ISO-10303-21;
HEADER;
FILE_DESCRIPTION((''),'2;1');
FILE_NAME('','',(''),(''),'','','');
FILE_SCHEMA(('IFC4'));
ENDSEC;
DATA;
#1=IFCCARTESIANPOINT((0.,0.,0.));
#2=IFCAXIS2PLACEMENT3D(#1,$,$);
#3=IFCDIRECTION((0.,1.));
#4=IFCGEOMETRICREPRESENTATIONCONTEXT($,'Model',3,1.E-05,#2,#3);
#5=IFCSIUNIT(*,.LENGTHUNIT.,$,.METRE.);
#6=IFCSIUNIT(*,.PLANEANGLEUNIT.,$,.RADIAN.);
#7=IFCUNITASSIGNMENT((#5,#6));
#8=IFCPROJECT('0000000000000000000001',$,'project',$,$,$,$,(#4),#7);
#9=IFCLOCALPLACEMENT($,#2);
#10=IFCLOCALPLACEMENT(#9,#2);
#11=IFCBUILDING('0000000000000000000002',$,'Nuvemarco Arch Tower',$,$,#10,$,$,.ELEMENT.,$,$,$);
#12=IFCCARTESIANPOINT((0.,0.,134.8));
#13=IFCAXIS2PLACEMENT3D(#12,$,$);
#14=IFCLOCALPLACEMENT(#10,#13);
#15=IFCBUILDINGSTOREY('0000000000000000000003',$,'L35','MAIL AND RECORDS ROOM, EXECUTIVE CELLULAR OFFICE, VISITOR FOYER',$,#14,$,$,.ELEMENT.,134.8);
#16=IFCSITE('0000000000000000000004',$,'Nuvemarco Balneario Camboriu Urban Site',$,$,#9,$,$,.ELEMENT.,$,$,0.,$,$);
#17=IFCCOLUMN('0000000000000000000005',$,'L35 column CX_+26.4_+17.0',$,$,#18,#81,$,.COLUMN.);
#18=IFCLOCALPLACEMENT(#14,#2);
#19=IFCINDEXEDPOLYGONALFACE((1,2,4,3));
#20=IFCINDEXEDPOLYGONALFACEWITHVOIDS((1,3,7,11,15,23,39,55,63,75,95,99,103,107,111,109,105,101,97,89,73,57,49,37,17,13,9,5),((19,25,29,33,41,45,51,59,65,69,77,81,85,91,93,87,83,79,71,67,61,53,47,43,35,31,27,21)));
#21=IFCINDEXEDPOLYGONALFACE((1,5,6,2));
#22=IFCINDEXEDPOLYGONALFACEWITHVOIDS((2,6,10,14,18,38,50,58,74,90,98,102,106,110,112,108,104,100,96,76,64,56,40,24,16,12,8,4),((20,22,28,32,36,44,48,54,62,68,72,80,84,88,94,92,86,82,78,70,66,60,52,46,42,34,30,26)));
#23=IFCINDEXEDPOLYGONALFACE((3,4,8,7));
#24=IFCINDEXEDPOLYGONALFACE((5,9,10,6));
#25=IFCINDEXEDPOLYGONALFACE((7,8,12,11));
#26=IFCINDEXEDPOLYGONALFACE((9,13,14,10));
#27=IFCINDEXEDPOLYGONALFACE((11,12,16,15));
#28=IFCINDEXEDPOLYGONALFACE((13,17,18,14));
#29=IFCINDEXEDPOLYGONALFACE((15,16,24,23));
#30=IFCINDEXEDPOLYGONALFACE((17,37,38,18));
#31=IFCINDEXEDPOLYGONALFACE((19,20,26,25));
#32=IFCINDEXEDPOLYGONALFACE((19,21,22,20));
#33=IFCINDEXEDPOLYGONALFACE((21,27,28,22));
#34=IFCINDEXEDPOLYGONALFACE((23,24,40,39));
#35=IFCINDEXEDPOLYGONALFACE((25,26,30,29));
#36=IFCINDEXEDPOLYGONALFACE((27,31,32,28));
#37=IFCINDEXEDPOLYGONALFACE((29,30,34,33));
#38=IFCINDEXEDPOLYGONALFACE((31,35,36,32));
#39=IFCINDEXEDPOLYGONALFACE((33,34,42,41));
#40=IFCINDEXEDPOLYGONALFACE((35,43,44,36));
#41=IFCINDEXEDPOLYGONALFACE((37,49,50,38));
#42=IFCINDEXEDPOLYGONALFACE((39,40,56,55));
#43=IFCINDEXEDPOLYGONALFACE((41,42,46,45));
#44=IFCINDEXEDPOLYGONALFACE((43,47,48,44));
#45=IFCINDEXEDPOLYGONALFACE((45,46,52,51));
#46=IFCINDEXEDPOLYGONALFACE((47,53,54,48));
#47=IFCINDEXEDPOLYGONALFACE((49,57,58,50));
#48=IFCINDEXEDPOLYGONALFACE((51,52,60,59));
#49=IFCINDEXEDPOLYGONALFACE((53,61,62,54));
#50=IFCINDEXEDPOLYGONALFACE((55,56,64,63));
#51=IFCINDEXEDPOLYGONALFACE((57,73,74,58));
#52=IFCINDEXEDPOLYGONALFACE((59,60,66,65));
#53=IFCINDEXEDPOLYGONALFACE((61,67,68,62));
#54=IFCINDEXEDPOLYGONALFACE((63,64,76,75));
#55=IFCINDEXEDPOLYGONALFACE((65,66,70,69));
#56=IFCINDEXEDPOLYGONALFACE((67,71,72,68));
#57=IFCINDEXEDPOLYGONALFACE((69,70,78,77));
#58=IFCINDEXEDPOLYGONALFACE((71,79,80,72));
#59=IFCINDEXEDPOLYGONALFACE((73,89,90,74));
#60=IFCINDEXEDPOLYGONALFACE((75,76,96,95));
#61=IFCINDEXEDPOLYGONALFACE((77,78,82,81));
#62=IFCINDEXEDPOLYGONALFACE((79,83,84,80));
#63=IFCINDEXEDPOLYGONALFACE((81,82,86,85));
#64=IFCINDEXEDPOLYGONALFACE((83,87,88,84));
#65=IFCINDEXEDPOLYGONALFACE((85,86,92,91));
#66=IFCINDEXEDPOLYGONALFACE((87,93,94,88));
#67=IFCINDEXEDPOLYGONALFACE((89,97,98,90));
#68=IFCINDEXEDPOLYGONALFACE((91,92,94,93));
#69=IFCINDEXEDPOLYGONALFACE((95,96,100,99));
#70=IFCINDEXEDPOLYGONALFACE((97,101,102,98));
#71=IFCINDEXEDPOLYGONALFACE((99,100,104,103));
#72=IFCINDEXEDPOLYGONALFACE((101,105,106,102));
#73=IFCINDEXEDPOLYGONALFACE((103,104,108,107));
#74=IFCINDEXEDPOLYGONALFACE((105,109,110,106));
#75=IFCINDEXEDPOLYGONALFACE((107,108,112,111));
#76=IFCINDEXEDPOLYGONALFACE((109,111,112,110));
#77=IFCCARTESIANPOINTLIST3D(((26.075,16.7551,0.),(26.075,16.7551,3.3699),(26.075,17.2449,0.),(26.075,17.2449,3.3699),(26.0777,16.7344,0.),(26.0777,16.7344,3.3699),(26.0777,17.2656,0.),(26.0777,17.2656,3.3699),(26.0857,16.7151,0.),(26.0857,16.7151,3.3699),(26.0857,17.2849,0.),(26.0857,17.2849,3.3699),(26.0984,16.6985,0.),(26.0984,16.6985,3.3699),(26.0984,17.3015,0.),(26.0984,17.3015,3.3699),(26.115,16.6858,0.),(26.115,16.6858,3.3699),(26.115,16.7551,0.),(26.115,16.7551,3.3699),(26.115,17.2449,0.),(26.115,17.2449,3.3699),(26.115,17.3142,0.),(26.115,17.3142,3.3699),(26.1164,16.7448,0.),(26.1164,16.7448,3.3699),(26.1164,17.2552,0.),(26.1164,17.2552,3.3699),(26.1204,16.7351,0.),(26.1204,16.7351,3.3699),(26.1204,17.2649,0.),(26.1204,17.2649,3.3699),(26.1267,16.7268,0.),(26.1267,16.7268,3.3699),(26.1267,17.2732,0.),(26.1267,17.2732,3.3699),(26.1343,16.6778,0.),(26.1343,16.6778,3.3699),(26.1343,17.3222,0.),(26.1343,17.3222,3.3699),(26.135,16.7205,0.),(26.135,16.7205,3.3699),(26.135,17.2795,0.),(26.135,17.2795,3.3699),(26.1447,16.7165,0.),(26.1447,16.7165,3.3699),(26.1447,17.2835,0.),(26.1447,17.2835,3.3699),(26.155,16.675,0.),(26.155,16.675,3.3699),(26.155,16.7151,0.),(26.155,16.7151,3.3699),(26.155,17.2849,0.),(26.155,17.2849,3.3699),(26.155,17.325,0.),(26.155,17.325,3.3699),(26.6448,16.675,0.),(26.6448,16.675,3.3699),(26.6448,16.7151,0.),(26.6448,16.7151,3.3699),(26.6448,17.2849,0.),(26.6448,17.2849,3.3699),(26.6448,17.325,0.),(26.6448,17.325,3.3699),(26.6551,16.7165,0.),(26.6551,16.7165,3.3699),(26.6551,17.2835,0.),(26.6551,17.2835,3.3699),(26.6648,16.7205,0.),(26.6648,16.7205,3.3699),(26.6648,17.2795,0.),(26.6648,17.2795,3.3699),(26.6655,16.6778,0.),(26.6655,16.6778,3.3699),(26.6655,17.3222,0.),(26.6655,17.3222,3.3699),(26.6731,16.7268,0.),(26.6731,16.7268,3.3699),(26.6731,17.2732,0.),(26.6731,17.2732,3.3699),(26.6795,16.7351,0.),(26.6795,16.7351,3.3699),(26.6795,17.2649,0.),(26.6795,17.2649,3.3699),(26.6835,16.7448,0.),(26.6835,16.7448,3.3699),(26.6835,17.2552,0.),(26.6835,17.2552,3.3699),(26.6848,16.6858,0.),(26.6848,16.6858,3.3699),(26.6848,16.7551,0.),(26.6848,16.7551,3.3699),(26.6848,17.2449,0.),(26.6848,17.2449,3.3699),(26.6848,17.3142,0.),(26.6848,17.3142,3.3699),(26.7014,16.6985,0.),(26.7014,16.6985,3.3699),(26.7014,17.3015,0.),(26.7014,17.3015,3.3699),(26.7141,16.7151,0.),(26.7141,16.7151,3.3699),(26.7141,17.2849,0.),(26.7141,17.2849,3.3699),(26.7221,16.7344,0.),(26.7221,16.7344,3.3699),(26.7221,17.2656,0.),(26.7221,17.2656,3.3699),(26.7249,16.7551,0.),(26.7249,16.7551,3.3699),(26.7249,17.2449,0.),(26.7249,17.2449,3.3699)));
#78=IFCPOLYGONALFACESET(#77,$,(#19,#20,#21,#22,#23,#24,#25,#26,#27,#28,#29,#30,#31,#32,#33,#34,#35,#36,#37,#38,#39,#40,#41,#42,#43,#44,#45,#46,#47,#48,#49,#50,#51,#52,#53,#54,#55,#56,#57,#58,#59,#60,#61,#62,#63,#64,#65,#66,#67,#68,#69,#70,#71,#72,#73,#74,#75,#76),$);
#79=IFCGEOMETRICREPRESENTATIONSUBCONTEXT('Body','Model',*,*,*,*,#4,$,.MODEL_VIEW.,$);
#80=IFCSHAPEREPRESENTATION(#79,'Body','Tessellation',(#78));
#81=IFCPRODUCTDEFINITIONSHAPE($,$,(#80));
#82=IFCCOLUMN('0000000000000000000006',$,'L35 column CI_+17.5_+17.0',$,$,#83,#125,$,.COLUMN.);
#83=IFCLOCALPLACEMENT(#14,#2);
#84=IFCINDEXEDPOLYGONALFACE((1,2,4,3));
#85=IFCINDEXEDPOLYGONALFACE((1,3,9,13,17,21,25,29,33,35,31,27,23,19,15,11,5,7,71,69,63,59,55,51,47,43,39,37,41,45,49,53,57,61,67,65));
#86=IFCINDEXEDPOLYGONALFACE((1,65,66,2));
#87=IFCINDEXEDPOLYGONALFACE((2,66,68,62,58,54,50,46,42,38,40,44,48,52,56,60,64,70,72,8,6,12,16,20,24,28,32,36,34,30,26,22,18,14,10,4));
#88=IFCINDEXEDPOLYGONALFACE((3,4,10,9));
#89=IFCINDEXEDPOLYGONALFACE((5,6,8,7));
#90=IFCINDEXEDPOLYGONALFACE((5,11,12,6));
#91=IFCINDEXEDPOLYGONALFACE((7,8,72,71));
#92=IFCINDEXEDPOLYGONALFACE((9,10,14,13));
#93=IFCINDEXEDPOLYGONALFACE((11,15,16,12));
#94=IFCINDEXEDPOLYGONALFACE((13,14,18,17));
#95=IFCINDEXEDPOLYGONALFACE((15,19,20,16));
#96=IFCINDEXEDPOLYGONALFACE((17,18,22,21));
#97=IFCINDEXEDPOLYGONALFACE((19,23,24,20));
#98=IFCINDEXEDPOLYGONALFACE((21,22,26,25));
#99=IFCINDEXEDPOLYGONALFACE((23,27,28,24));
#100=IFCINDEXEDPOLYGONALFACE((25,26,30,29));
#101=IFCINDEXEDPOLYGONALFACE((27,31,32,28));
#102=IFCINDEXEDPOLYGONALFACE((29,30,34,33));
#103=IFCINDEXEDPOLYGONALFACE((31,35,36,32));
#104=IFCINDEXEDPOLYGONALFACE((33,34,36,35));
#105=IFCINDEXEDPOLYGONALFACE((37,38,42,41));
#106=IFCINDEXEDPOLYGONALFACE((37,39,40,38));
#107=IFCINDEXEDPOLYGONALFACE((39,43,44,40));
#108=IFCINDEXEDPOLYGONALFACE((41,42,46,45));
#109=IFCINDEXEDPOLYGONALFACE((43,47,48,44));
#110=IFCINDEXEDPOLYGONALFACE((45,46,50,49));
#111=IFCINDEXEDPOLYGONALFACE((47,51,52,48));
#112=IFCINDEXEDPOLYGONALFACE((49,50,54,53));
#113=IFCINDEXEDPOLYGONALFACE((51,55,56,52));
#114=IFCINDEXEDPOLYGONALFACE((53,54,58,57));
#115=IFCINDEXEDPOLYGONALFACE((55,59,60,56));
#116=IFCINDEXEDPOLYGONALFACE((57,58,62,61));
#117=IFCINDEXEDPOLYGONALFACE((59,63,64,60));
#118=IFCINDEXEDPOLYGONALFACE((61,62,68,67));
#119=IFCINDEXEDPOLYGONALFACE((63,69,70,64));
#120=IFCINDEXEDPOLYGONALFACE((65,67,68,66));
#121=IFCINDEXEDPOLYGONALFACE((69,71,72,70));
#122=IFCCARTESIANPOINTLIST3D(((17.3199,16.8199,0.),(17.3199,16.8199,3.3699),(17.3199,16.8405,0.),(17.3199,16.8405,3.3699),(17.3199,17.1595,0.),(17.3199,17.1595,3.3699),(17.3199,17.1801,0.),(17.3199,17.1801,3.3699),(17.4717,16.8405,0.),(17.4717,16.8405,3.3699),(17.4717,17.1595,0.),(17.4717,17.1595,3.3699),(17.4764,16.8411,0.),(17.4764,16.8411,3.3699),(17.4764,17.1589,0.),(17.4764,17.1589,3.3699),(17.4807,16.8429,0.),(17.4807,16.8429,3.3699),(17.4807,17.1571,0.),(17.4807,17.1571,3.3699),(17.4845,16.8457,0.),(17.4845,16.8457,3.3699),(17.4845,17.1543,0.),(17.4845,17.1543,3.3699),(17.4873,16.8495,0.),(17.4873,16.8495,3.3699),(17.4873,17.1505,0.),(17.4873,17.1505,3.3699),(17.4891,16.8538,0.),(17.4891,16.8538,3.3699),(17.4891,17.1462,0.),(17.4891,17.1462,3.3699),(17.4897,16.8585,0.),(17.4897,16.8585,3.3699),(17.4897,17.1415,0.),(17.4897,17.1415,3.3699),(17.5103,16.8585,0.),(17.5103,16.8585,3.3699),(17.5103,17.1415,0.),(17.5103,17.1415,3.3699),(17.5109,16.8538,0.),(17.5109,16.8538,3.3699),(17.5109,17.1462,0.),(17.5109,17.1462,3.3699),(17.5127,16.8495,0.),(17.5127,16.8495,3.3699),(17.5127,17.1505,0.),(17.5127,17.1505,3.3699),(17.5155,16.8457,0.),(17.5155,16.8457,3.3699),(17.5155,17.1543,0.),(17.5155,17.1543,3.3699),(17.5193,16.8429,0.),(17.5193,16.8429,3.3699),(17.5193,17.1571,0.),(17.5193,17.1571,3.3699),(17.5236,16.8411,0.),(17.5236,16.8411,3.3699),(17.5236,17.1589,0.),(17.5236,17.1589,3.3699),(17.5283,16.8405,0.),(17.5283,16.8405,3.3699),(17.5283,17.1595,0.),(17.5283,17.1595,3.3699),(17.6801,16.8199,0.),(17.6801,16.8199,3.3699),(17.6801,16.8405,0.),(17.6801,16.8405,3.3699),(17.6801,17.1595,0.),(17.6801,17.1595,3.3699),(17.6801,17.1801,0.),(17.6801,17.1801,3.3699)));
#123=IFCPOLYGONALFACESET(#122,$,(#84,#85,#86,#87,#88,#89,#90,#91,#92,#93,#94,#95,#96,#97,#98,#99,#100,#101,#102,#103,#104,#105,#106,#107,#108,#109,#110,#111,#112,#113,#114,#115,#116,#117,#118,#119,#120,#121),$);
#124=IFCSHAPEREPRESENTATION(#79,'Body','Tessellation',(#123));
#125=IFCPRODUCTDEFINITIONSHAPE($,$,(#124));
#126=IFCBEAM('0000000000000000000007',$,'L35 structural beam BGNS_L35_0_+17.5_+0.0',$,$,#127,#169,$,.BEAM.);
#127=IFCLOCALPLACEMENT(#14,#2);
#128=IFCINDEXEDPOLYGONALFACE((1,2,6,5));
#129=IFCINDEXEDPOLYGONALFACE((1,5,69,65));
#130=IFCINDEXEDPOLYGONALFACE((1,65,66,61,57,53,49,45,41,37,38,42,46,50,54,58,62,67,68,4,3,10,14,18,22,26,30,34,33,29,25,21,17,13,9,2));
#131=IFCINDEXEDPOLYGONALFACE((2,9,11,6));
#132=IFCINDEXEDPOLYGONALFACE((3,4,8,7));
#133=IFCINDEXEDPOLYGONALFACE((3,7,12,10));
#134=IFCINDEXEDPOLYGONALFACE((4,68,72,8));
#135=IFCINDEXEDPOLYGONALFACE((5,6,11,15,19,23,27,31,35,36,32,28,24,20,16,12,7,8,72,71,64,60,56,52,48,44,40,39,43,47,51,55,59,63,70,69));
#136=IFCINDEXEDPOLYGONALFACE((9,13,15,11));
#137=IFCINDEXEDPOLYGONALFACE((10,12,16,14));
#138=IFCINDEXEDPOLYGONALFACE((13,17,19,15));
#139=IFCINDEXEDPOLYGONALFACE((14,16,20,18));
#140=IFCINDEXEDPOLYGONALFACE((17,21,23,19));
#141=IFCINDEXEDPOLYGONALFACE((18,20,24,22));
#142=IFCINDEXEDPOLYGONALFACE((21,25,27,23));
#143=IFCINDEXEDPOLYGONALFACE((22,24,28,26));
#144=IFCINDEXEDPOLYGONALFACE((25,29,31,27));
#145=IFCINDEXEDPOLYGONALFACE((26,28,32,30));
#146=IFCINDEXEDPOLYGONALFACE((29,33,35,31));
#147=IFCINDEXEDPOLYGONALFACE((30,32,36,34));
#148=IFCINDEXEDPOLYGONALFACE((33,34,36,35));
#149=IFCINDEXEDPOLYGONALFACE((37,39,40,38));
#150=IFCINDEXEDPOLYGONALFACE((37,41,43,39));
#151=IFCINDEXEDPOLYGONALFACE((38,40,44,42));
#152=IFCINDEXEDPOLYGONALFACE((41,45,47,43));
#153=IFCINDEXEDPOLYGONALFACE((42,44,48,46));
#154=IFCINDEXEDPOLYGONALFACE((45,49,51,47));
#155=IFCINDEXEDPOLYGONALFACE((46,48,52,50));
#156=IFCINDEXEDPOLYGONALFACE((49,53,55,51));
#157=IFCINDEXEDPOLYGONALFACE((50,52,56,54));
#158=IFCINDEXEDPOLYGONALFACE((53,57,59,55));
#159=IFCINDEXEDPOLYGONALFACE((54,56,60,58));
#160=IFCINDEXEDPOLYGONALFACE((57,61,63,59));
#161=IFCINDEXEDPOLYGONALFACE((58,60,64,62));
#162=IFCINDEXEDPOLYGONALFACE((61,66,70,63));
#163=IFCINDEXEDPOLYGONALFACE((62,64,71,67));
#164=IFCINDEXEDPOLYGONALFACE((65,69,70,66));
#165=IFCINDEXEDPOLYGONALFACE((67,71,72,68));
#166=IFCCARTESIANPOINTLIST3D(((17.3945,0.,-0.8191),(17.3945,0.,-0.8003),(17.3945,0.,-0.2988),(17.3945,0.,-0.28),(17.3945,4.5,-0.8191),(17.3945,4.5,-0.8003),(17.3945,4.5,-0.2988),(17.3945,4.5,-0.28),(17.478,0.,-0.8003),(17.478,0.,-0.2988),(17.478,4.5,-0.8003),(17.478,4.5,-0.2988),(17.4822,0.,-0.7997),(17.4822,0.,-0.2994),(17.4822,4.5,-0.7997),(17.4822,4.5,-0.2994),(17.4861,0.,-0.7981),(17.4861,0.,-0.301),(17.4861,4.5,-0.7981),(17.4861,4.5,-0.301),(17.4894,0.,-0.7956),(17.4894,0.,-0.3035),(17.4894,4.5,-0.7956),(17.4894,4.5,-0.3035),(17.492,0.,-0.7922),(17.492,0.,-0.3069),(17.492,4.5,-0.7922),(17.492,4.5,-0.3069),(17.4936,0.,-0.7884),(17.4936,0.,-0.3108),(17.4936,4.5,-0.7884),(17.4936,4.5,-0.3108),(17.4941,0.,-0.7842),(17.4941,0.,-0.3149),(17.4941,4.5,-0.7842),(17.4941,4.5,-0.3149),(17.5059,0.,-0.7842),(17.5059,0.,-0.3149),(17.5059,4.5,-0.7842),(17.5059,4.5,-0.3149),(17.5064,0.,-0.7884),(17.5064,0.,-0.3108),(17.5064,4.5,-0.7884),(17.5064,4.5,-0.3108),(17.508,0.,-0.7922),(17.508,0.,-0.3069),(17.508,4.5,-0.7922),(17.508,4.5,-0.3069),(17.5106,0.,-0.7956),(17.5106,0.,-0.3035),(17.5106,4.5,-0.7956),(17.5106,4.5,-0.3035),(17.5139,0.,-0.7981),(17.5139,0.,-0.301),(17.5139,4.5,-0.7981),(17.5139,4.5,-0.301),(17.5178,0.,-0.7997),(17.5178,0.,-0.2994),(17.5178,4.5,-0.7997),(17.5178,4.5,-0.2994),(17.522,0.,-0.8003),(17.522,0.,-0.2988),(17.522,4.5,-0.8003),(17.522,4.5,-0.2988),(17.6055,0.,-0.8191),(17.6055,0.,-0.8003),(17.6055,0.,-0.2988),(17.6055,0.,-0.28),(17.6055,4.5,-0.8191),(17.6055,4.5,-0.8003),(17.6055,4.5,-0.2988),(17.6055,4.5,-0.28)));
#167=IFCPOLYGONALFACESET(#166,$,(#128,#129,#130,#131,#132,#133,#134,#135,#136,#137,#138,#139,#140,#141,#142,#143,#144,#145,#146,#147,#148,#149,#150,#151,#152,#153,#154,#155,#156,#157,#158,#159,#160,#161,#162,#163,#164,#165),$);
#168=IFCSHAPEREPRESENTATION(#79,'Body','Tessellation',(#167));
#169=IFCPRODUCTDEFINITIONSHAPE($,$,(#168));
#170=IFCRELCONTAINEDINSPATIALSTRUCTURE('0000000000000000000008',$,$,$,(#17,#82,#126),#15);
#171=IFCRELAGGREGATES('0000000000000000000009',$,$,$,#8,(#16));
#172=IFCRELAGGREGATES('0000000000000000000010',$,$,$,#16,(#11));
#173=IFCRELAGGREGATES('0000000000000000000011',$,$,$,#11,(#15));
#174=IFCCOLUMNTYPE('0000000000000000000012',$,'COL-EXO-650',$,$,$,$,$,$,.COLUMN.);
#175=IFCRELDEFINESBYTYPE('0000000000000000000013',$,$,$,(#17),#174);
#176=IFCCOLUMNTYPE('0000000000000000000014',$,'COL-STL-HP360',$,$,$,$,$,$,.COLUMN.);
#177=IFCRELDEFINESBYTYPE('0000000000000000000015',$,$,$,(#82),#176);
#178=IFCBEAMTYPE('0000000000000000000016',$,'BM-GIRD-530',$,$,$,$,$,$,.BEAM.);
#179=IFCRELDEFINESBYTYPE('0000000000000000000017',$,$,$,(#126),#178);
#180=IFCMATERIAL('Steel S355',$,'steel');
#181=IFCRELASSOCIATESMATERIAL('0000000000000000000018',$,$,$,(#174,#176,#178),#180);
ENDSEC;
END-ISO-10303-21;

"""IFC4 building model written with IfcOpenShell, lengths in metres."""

from ifc_helpers import new_model, si_unit, direction, frame, origin, origin_2d, place, context, subcontext, project, spatial, hollow_rectangle, i_section, extrude, material, material_profile, profile_set, type_object, element, save


model = new_model("IFC4")

# Units and contexts
model_context = context("Model", 3, precision=1e-05, world=origin(), true_north=direction((0.0, 1.0)))
body_context = subcontext(model_context, "Body", "Model", "MODEL_VIEW")
ifc_project = project(units=[si_unit("LENGTHUNIT", "METRE"), si_unit("PLANEANGLEUNIT", "RADIAN")], contexts=[model_context])

# Site, building, storey
site_placement = place(None, origin())
site = spatial("IfcSite", under=ifc_project, at=site_placement, Name="Nuvemarco Balneario Camboriu Urban Site", CompositionType="ELEMENT", RefElevation=0.0)
building_placement = place(site_placement, origin())
building = spatial("IfcBuilding", under=site, at=building_placement, Name="Nuvemarco Arch Tower", CompositionType="ELEMENT")
storey_placement = place(building_placement, frame((0.0, 0.0, 134.8)))
storey = spatial("IfcBuildingStorey", under=building, at=storey_placement, Name="L35", Description="MAIL AND RECORDS ROOM, EXECUTIVE CELLULAR OFFICE, VISITOR FOYER", CompositionType="ELEMENT", Elevation=134.8)

# Columns
ifc_material_1 = material(Name="Steel S355", Category="steel")
ifc_material_profile_1 = material_profile(ifc_material_1, hollow_rectangle(XDim=0.6499, YDim=0.6499, WallThickness=0.04, InnerFilletRadius=0.04, OuterFilletRadius=0.0801, at=origin_2d()), Name="SHS650x650x40")
ifc_profile_set_1 = profile_set([ifc_material_profile_1], Name="Steel S355")
column_type_1 = type_object("IfcColumnType", Name="COL-EXO-650", PredefinedType="COLUMN", material=ifc_profile_set_1)
for number, where, z_axis, x_axis, name in (
    (1, (26.3999, 17.0, 0.0), (0.0, 0.0, 1.0), (1.0, 0.0, 0.0), "L35 column CX_+26.4_+17.0"),
):
    element("IfcColumn", number, at=place(storey_placement, frame(where, z_axis=z_axis, x_axis=x_axis)), inside=storey, type_object=column_type_1, Name=name, PredefinedType="COLUMN", context=body_context, shape_type="SweptSolid", body=[
        extrude(hollow_rectangle(XDim=0.6499, YDim=0.6499, WallThickness=0.04, InnerFilletRadius=0.04, OuterFilletRadius=0.0801, at=origin_2d()), origin(), (0.0, 0.0, 1.0), 3.3699),
    ])
ifc_material_profile_2 = material_profile(ifc_material_1, i_section(OverallWidth=0.3601, OverallDepth=0.3601, WebThickness=0.0205, FlangeThickness=0.0205, FilletRadius=0.0181, at=origin_2d()), Name="HP360x174")
ifc_profile_set_2 = profile_set([ifc_material_profile_2], Name="Steel S355")
column_type_2 = type_object("IfcColumnType", Name="COL-STL-HP360", PredefinedType="COLUMN", material=ifc_profile_set_2)
column_placement = place(storey_placement, frame((17.5, 17.0, 0.0), z_axis=(0.0, 0.0, 1.0), x_axis=(1.0, 0.0, 0.0)))
element("IfcColumn", 2, at=column_placement, inside=storey, type_object=column_type_2, Name="L35 column CI_+17.5_+17.0", PredefinedType="COLUMN", context=body_context, shape_type="SweptSolid", body=[
    extrude(i_section(OverallWidth=0.3601, OverallDepth=0.3601, WebThickness=0.0205, FlangeThickness=0.0205, FilletRadius=0.0181, at=origin_2d()), origin(), (0.0, 0.0, 1.0), 3.3699),
])

# Beam
ifc_material_profile_3 = material_profile(ifc_material_1, i_section(OverallWidth=0.2109, OverallDepth=0.5391, WebThickness=0.0117, FlangeThickness=0.0188, FilletRadius=0.0161, at=origin_2d()), Name="W530x109")
ifc_profile_set_3 = profile_set([ifc_material_profile_3], Name="Steel S355")
beam_type_1 = type_object("IfcBeamType", Name="BM-GIRD-530", PredefinedType="BEAM", material=ifc_profile_set_3)
beam_1_placement = place(storey_placement, frame((17.5, 0.0, -0.5496), z_axis=(0.0, 1.0, 0.0), x_axis=(-1.0, 0.0, 0.0)))
element("IfcBeam", 3, at=beam_1_placement, inside=storey, type_object=beam_type_1, Name="L35 structural beam BGNS_L35_0_+17.5_+0.0", PredefinedType="BEAM", context=body_context, shape_type="SweptSolid", body=[
    extrude(i_section(OverallWidth=0.2109, OverallDepth=0.5391, WebThickness=0.0117, FlangeThickness=0.0188, FilletRadius=0.0161, at=origin_2d()), origin(), (0.0, 0.0, 1.0), 4.5),
])

save(model, "model.ifc")
